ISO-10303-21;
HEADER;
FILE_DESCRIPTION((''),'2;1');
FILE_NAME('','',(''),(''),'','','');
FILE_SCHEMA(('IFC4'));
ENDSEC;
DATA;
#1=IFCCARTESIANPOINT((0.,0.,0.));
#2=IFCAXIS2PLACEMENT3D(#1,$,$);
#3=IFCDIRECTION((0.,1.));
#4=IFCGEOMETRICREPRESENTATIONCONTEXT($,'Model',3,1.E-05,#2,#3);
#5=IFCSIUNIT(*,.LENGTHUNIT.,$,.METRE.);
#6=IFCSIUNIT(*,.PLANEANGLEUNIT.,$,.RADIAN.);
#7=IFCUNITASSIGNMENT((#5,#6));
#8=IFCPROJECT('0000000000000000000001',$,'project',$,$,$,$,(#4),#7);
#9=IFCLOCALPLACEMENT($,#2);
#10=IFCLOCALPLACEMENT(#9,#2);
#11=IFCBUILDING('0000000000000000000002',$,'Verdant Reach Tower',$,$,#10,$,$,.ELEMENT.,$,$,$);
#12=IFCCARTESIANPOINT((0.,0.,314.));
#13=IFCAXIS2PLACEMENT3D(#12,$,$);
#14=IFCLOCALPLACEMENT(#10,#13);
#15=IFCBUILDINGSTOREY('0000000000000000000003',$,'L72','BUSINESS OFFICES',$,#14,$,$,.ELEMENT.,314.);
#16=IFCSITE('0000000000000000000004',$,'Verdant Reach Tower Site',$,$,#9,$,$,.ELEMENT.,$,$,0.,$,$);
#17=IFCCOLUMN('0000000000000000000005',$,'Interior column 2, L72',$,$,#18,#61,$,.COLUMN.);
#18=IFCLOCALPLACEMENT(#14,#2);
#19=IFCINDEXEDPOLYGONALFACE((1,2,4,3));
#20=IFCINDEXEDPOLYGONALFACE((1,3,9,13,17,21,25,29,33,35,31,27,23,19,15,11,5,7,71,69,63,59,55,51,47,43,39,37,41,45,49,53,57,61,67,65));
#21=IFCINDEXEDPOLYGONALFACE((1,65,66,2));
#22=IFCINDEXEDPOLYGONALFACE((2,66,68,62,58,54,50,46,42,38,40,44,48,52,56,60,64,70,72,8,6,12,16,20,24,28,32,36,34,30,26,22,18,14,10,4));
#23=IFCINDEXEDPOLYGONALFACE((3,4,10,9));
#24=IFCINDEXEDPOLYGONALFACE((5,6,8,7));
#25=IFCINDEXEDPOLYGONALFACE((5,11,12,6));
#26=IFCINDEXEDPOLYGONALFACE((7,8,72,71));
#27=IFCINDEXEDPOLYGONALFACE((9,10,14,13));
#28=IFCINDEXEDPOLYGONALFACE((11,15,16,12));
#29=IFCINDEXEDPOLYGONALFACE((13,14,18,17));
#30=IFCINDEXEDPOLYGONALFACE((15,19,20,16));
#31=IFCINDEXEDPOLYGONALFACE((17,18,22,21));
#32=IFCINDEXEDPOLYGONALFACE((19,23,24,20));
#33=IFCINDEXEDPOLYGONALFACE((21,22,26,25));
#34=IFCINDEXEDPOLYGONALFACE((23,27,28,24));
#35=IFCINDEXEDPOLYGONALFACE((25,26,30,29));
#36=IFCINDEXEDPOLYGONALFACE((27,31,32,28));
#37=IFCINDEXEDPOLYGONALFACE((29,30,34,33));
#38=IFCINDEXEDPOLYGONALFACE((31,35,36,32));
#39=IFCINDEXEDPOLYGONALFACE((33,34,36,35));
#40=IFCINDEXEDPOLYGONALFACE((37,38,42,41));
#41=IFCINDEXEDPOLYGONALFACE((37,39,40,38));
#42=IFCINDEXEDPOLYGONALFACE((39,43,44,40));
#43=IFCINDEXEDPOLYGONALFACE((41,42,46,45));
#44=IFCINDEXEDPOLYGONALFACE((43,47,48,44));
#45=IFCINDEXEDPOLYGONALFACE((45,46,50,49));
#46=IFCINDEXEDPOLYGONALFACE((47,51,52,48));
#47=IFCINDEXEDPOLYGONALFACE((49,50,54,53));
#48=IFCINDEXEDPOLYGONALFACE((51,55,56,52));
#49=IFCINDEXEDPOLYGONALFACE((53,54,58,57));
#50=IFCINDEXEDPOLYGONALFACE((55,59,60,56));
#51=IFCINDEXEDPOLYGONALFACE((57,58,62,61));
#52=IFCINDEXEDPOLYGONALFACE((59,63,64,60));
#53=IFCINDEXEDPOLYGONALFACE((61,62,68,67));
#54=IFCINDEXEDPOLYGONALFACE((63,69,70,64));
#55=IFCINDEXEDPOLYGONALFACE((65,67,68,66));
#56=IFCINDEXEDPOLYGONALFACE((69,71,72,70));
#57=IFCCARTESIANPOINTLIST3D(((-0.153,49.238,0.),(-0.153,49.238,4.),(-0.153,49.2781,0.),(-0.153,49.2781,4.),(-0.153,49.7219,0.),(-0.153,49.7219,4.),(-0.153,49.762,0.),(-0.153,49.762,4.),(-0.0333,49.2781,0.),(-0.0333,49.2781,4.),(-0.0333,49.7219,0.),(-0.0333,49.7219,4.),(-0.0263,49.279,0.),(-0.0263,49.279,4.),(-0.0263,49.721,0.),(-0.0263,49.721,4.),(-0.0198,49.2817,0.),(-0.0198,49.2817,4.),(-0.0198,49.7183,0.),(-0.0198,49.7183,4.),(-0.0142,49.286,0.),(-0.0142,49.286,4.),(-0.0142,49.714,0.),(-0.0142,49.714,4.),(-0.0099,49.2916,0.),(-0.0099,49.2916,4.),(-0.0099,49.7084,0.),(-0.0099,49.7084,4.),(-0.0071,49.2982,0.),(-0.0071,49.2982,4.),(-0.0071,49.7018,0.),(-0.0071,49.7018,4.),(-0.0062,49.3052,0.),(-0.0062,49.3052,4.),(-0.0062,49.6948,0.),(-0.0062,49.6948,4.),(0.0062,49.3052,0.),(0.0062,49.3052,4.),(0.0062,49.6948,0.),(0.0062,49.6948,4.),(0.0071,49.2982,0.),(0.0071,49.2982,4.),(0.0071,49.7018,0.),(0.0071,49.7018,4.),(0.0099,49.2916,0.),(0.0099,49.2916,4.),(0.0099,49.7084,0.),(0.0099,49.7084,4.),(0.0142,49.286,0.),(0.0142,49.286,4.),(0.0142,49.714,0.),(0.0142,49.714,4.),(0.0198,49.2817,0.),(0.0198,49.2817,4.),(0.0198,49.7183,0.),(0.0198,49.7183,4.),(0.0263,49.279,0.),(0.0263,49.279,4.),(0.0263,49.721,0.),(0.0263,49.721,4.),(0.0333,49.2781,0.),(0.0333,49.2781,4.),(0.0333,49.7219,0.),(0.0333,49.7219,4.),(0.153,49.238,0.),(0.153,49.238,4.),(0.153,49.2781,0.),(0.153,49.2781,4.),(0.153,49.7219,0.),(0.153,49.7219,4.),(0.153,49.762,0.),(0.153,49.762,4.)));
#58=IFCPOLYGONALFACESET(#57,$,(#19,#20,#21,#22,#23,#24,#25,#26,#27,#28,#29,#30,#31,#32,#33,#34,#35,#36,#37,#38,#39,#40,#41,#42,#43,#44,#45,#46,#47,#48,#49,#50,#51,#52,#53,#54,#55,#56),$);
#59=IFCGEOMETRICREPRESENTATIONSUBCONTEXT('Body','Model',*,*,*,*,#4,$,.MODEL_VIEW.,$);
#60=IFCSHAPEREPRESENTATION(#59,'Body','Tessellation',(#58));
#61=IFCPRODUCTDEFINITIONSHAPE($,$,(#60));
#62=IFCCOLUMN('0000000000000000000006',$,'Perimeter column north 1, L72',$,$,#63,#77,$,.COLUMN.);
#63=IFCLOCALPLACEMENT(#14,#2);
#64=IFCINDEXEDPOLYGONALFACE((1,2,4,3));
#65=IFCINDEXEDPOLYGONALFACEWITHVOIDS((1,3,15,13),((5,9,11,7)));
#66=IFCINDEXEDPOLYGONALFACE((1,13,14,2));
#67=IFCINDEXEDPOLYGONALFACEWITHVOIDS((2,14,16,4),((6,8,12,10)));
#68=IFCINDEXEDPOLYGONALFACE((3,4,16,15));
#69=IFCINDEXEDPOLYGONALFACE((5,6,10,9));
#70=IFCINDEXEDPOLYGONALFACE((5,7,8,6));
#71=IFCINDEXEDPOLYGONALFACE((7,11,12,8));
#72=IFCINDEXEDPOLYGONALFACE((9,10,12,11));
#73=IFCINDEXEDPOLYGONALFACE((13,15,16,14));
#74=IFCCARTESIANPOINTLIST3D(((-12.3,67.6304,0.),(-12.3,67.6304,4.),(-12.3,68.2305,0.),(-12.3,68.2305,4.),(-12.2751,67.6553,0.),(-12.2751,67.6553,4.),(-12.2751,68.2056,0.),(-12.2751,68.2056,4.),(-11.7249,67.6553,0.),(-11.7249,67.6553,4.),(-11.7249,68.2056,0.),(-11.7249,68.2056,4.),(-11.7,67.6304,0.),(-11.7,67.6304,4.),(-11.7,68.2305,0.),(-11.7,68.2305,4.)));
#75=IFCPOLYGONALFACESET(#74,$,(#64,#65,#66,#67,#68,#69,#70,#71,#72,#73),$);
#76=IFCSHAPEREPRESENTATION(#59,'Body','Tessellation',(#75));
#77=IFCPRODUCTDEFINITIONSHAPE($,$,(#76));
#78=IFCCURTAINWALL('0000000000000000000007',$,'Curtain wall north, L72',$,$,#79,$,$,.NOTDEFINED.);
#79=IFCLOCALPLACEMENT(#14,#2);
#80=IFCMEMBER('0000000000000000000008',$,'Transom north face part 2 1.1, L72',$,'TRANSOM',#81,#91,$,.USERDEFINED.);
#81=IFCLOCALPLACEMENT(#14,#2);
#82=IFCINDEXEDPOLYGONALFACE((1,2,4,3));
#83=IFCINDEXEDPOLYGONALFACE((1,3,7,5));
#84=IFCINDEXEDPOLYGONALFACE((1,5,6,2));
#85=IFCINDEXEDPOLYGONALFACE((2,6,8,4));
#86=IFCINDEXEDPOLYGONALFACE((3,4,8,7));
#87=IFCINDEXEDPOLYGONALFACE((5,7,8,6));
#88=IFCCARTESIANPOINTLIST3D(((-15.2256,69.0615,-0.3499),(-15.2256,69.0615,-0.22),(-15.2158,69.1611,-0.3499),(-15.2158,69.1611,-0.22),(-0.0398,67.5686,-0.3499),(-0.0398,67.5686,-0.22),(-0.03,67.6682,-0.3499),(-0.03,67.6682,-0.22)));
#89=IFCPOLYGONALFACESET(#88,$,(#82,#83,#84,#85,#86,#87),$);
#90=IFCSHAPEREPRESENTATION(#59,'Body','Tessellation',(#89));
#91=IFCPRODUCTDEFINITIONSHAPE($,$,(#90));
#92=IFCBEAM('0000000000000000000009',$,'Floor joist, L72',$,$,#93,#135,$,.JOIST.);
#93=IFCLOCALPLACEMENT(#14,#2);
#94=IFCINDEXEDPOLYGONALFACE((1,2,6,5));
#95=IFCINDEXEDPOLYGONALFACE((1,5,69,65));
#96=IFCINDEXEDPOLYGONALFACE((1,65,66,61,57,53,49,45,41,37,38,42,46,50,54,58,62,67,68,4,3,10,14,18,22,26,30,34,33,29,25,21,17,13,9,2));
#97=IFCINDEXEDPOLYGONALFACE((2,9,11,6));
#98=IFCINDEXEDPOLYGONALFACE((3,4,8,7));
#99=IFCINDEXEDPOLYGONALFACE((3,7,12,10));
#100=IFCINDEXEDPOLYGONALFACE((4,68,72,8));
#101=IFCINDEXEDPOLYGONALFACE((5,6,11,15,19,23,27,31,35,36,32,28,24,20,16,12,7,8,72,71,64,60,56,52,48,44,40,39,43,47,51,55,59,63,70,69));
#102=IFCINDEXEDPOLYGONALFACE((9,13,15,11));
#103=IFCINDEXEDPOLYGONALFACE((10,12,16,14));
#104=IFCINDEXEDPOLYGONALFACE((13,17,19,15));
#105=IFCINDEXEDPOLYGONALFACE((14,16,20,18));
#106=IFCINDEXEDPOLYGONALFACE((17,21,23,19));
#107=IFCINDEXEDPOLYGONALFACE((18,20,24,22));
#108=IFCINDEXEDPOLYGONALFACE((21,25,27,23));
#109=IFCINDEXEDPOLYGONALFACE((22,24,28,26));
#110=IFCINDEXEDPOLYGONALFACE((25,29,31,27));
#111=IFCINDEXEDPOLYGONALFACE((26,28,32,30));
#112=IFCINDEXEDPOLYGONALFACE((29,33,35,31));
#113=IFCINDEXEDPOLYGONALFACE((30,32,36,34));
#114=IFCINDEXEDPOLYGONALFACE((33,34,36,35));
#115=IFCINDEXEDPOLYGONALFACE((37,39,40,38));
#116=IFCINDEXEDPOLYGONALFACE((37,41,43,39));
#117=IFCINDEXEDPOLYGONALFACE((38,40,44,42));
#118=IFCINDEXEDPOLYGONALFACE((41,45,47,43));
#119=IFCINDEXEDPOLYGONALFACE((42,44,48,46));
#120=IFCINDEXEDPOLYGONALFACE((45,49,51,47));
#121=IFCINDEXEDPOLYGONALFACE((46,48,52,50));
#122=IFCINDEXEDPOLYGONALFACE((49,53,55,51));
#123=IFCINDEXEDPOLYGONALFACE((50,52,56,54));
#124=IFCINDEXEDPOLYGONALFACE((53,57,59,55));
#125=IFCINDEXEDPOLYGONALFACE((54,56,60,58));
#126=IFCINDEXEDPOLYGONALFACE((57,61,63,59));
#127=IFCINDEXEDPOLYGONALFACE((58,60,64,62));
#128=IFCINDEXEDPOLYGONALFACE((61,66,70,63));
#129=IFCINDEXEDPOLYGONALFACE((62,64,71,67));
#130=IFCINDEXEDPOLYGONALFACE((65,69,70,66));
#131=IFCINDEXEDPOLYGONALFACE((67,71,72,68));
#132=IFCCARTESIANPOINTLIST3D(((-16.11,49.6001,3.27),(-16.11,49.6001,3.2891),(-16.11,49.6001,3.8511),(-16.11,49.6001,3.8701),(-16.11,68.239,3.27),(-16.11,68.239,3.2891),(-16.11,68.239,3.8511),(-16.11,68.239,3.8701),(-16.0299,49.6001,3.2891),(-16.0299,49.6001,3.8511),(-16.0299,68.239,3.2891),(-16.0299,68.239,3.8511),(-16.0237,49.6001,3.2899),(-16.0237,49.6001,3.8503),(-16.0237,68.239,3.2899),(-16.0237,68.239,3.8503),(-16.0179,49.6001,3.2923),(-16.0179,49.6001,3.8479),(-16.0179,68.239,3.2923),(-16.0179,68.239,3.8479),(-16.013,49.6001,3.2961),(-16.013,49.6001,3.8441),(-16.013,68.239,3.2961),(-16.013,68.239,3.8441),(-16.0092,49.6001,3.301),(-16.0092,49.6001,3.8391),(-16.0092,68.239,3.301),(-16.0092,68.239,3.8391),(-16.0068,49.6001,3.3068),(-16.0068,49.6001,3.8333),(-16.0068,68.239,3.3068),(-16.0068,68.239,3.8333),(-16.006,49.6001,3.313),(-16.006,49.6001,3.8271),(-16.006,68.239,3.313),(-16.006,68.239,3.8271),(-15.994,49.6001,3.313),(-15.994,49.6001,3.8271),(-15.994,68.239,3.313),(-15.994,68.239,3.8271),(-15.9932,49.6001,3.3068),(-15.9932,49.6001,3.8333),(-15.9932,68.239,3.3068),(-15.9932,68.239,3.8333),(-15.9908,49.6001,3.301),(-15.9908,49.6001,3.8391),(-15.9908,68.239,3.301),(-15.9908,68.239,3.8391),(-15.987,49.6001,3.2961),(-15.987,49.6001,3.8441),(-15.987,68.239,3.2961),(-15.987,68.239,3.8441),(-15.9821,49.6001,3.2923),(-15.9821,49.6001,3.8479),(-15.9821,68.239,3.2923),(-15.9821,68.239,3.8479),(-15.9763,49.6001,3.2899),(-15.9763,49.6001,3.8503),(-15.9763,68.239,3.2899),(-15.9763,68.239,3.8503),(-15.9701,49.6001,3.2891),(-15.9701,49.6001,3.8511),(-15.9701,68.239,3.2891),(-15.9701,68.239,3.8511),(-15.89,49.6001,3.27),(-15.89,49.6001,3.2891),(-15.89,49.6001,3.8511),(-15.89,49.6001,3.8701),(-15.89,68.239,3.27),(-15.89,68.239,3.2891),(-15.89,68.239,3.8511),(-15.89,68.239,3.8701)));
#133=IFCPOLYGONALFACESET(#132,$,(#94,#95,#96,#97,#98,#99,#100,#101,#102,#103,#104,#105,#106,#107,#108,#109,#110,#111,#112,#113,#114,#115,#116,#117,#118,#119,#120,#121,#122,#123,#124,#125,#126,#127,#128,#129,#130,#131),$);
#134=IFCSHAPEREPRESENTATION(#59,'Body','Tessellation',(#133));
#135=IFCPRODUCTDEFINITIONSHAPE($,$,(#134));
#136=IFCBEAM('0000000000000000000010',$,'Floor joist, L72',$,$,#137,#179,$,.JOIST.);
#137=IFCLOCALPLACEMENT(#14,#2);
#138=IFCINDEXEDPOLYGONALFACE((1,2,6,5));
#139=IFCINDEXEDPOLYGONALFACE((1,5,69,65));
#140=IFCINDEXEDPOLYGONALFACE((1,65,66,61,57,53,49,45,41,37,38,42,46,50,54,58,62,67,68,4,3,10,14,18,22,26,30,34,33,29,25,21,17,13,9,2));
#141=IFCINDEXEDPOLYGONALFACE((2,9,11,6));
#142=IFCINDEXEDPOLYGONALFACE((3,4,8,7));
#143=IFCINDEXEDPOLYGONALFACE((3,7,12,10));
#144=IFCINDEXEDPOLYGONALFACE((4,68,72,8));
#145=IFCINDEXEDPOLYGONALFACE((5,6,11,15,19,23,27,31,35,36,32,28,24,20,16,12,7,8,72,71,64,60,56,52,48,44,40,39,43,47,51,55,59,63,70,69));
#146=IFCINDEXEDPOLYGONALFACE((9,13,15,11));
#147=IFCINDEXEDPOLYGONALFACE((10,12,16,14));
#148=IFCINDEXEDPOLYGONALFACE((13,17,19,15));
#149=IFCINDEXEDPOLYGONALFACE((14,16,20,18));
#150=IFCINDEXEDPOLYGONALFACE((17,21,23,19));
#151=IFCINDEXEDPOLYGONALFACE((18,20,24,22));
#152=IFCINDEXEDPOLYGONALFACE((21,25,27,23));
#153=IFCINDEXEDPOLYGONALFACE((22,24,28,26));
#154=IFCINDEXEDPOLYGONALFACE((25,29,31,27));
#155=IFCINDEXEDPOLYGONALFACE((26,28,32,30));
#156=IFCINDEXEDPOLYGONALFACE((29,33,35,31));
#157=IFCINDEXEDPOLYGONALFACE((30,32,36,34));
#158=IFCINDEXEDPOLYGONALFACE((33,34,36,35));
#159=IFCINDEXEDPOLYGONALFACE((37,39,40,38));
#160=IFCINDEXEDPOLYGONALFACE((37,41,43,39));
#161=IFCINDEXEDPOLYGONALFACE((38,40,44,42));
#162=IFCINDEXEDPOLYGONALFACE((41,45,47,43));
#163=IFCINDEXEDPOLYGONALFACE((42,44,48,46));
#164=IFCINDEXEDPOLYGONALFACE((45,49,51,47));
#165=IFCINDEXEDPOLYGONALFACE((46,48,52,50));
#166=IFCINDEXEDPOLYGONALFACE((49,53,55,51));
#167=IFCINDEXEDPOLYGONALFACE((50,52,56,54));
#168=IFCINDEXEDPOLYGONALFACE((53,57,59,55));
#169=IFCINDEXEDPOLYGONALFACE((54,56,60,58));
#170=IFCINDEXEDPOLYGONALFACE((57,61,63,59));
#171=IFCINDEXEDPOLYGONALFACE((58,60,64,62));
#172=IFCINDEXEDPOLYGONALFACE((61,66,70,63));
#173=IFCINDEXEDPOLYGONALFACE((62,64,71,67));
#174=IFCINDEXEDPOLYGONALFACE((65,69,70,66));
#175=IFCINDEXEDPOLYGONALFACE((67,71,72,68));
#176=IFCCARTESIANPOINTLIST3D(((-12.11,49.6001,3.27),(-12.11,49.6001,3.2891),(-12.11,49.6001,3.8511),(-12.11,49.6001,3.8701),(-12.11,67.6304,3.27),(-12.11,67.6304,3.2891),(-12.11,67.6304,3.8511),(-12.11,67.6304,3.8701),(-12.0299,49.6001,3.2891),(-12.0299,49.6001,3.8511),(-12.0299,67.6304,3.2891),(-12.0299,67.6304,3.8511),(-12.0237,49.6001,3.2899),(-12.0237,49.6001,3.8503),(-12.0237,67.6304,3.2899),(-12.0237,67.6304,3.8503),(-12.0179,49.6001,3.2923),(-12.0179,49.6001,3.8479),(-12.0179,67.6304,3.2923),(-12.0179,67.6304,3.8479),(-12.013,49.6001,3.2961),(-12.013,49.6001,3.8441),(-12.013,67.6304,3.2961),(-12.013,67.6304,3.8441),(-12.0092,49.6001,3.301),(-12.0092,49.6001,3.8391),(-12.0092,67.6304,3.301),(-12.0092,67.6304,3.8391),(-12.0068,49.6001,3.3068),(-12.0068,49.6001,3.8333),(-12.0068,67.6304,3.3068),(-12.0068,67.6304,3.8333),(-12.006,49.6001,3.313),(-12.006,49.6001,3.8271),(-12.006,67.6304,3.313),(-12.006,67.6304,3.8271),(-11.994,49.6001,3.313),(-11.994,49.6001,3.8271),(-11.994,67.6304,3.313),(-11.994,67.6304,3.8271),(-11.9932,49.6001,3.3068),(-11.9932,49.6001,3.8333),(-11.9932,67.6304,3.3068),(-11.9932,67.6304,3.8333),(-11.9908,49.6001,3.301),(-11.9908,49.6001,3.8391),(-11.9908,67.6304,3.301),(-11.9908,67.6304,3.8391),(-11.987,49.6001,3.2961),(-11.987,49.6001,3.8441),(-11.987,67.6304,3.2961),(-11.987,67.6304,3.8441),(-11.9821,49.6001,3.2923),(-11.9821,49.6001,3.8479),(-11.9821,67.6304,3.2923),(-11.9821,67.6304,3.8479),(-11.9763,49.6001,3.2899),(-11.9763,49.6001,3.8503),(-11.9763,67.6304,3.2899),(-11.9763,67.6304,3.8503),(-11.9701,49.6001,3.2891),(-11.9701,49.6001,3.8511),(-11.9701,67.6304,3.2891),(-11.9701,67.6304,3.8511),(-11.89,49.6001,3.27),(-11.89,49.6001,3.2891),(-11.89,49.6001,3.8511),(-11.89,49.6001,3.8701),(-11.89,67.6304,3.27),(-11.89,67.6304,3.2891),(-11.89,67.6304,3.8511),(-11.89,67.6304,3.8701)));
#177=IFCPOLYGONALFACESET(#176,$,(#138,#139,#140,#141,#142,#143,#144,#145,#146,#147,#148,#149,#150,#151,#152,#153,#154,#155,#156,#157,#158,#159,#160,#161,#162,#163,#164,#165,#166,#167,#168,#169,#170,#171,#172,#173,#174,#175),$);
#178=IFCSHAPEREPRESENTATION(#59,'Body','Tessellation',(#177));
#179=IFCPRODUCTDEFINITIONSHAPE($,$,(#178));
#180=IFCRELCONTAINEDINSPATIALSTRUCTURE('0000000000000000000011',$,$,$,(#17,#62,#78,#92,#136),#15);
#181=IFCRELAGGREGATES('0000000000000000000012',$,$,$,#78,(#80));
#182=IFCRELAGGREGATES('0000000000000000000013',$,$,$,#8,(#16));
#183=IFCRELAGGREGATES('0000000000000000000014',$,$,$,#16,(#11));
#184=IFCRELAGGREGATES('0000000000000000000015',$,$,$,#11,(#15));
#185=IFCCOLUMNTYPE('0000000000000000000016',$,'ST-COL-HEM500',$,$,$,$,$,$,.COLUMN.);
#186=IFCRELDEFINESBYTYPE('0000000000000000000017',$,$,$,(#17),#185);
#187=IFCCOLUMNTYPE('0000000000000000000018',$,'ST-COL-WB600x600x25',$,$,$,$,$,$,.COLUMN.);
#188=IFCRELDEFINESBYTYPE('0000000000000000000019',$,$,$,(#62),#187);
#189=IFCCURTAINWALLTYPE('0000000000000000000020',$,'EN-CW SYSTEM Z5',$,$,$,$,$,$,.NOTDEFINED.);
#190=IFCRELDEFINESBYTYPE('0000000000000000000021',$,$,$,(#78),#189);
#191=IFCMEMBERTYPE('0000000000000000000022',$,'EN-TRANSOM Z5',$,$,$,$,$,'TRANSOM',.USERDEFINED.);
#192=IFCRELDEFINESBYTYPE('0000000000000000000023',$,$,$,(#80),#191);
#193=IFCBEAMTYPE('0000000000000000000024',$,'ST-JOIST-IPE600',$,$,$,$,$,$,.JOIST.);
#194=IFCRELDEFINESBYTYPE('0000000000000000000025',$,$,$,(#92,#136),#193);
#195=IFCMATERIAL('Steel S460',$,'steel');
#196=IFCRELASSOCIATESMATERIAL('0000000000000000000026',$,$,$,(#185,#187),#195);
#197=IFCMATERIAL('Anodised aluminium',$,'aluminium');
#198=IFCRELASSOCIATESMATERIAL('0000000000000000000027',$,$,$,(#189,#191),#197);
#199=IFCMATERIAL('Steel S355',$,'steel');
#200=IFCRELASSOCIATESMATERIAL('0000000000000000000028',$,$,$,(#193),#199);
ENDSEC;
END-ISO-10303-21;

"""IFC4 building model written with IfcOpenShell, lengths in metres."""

from ifc_helpers import new_model, si_unit, direction, frame, origin, origin_2d, place, context, subcontext, project, spatial, rectangle, hollow_rectangle, i_section, extrude, material, material_profile, profile_set, type_object, element, aggregate, save


model = new_model("IFC4")

# Units and contexts
model_context = context("Model", 3, precision=1e-05, world=origin(), true_north=direction((0.0, 1.0)))
body_context = subcontext(model_context, "Body", "Model", "MODEL_VIEW")
ifc_project = project(units=[si_unit("LENGTHUNIT", "METRE"), si_unit("PLANEANGLEUNIT", "RADIAN")], contexts=[model_context])

# Site, building, storey
site_placement = place(None, origin())
site = spatial("IfcSite", under=ifc_project, at=site_placement, Name="Verdant Reach Tower Site", CompositionType="ELEMENT", RefElevation=0.0)
building_placement = place(site_placement, origin())
building = spatial("IfcBuilding", under=site, at=building_placement, Name="Verdant Reach Tower", CompositionType="ELEMENT")
storey_placement = place(building_placement, frame((0.0, 0.0, 314.0)))
storey = spatial("IfcBuildingStorey", under=building, at=storey_placement, Name="L72", Description="BUSINESS OFFICES", CompositionType="ELEMENT", Elevation=314.0)

# Columns
ifc_material_1 = material(Name="Steel S460", Category="steel")
ifc_material_profile_1 = material_profile(ifc_material_1, i_section(OverallWidth=0.3059, OverallDepth=0.5239, WebThickness=0.0125, FlangeThickness=0.04, FilletRadius=0.0271, at=origin_2d()), Name="HEM 500")
ifc_profile_set_1 = profile_set([ifc_material_profile_1], Name="Steel S460")
column_type_1 = type_object("IfcColumnType", Name="ST-COL-HEM500", PredefinedType="COLUMN", material=ifc_profile_set_1)
column_1_placement = place(storey_placement, frame((0.0, 49.5, 0.0), z_axis=(0.0, 0.0, 1.0), x_axis=(1.0, 0.0, 0.0)))
element("IfcColumn", 1, at=column_1_placement, inside=storey, type_object=column_type_1, Name="Interior column 2, L72", PredefinedType="COLUMN", context=body_context, shape_type="SweptSolid", body=[
    extrude(i_section(OverallWidth=0.3059, OverallDepth=0.5239, WebThickness=0.0125, FlangeThickness=0.04, FilletRadius=0.0271, at=origin_2d()), origin(), (0.0, 0.0, 1.0), 4.0),
])
ifc_material_profile_2 = material_profile(ifc_material_1, hollow_rectangle(XDim=0.6001, YDim=0.6001, WallThickness=0.0249, at=origin_2d()), Name="WB 600x600x25")
ifc_profile_set_2 = profile_set([ifc_material_profile_2], Name="Steel S460")
column_type_2 = type_object("IfcColumnType", Name="ST-COL-WB600x600x25", PredefinedType="COLUMN", material=ifc_profile_set_2)
column_2_placement = place(storey_placement, frame((-12.0, 67.9304, 0.0), z_axis=(0.0, 0.0, 1.0), x_axis=(1.0, 0.0, 0.0)))
element("IfcColumn", 2, at=column_2_placement, inside=storey, type_object=column_type_2, Name="Perimeter column north 1, L72", PredefinedType="COLUMN", context=body_context, shape_type="SweptSolid", body=[
    extrude(hollow_rectangle(XDim=0.6001, YDim=0.6001, WallThickness=0.0249, at=origin_2d()), origin(), (0.0, 0.0, 1.0), 4.0),
])

# Curtain wall, member
ifc_material_2 = material(Name="Anodised aluminium", Category="aluminium")
curtain_wall_type = type_object("IfcCurtainWallType", Name="EN-CW SYSTEM Z5", PredefinedType="NOTDEFINED", material=ifc_material_2)
curtain_wall_placement = place(storey_placement, origin())
curtain_wall = element("IfcCurtainWall", 3, at=curtain_wall_placement, inside=storey, type_object=curtain_wall_type, Name="Curtain wall north, L72", PredefinedType="NOTDEFINED")
ifc_material_profile_3 = material_profile(ifc_material_2, rectangle(XDim=0.1001, YDim=0.1299, at=origin_2d()), Name="Transom 130x100")
ifc_profile_set_3 = profile_set([ifc_material_profile_3], Name="Anodised aluminium")
member_type = type_object("IfcMemberType", Name="EN-TRANSOM Z5", ElementType="TRANSOM", PredefinedType="USERDEFINED", material=ifc_profile_set_3)
member_placement = place(storey_placement, frame((-0.0349, 67.6184, -0.2849), z_axis=(-0.995202, 0.097839, 0.0), x_axis=(-0.097839, -0.995202, 0.0)))
member = element("IfcMember", 4, at=member_placement, type_object=member_type, Name="Transom north face part 2 1.1, L72", ObjectType="TRANSOM", PredefinedType="USERDEFINED", context=body_context, shape_type="SweptSolid", body=[
    extrude(rectangle(XDim=0.1001, YDim=0.1299, at=origin_2d()), origin(), (0.0, 0.0, 1.0), 15.259),
])

# Beams
ifc_material_3 = material(Name="Steel S355", Category="steel")
ifc_material_profile_4 = material_profile(ifc_material_3, i_section(OverallWidth=0.22, OverallDepth=0.6001, WebThickness=0.012, FlangeThickness=0.019, FilletRadius=0.0239, at=origin_2d()), Name="IPE 600")
ifc_profile_set_4 = profile_set([ifc_material_profile_4], Name="Steel S355")
beam_type_1 = type_object("IfcBeamType", Name="ST-JOIST-IPE600", PredefinedType="JOIST", material=ifc_profile_set_4)
beam_1_placement = place(storey_placement, frame((-16.0, 49.6001, 3.5701), z_axis=(0.0, 1.0, 0.0), x_axis=(-1.0, 0.0, 0.0)))
element("IfcBeam", 5, at=beam_1_placement, inside=storey, type_object=beam_type_1, Name="Floor joist, L72", PredefinedType="JOIST", context=body_context, shape_type="SweptSolid", body=[
    extrude(i_section(OverallWidth=0.22, OverallDepth=0.6001, WebThickness=0.012, FlangeThickness=0.019, FilletRadius=0.0239, at=origin_2d()), origin(), (0.0, 0.0, 1.0), 18.6389),
])
beam_2_placement = place(storey_placement, frame((-12.0, 49.6001, 3.5701), z_axis=(0.0, 1.0, 0.0), x_axis=(-1.0, 0.0, 0.0)))
element("IfcBeam", 6, at=beam_2_placement, inside=storey, type_object=beam_type_1, Name="Floor joist, L72", PredefinedType="JOIST", context=body_context, shape_type="SweptSolid", body=[
    extrude(i_section(OverallWidth=0.22, OverallDepth=0.6001, WebThickness=0.012, FlangeThickness=0.019, FilletRadius=0.0239, at=origin_2d()), origin(), (0.0, 0.0, 1.0), 18.0303),
])

aggregate(curtain_wall, [member])

save(model, "model.ifc")
